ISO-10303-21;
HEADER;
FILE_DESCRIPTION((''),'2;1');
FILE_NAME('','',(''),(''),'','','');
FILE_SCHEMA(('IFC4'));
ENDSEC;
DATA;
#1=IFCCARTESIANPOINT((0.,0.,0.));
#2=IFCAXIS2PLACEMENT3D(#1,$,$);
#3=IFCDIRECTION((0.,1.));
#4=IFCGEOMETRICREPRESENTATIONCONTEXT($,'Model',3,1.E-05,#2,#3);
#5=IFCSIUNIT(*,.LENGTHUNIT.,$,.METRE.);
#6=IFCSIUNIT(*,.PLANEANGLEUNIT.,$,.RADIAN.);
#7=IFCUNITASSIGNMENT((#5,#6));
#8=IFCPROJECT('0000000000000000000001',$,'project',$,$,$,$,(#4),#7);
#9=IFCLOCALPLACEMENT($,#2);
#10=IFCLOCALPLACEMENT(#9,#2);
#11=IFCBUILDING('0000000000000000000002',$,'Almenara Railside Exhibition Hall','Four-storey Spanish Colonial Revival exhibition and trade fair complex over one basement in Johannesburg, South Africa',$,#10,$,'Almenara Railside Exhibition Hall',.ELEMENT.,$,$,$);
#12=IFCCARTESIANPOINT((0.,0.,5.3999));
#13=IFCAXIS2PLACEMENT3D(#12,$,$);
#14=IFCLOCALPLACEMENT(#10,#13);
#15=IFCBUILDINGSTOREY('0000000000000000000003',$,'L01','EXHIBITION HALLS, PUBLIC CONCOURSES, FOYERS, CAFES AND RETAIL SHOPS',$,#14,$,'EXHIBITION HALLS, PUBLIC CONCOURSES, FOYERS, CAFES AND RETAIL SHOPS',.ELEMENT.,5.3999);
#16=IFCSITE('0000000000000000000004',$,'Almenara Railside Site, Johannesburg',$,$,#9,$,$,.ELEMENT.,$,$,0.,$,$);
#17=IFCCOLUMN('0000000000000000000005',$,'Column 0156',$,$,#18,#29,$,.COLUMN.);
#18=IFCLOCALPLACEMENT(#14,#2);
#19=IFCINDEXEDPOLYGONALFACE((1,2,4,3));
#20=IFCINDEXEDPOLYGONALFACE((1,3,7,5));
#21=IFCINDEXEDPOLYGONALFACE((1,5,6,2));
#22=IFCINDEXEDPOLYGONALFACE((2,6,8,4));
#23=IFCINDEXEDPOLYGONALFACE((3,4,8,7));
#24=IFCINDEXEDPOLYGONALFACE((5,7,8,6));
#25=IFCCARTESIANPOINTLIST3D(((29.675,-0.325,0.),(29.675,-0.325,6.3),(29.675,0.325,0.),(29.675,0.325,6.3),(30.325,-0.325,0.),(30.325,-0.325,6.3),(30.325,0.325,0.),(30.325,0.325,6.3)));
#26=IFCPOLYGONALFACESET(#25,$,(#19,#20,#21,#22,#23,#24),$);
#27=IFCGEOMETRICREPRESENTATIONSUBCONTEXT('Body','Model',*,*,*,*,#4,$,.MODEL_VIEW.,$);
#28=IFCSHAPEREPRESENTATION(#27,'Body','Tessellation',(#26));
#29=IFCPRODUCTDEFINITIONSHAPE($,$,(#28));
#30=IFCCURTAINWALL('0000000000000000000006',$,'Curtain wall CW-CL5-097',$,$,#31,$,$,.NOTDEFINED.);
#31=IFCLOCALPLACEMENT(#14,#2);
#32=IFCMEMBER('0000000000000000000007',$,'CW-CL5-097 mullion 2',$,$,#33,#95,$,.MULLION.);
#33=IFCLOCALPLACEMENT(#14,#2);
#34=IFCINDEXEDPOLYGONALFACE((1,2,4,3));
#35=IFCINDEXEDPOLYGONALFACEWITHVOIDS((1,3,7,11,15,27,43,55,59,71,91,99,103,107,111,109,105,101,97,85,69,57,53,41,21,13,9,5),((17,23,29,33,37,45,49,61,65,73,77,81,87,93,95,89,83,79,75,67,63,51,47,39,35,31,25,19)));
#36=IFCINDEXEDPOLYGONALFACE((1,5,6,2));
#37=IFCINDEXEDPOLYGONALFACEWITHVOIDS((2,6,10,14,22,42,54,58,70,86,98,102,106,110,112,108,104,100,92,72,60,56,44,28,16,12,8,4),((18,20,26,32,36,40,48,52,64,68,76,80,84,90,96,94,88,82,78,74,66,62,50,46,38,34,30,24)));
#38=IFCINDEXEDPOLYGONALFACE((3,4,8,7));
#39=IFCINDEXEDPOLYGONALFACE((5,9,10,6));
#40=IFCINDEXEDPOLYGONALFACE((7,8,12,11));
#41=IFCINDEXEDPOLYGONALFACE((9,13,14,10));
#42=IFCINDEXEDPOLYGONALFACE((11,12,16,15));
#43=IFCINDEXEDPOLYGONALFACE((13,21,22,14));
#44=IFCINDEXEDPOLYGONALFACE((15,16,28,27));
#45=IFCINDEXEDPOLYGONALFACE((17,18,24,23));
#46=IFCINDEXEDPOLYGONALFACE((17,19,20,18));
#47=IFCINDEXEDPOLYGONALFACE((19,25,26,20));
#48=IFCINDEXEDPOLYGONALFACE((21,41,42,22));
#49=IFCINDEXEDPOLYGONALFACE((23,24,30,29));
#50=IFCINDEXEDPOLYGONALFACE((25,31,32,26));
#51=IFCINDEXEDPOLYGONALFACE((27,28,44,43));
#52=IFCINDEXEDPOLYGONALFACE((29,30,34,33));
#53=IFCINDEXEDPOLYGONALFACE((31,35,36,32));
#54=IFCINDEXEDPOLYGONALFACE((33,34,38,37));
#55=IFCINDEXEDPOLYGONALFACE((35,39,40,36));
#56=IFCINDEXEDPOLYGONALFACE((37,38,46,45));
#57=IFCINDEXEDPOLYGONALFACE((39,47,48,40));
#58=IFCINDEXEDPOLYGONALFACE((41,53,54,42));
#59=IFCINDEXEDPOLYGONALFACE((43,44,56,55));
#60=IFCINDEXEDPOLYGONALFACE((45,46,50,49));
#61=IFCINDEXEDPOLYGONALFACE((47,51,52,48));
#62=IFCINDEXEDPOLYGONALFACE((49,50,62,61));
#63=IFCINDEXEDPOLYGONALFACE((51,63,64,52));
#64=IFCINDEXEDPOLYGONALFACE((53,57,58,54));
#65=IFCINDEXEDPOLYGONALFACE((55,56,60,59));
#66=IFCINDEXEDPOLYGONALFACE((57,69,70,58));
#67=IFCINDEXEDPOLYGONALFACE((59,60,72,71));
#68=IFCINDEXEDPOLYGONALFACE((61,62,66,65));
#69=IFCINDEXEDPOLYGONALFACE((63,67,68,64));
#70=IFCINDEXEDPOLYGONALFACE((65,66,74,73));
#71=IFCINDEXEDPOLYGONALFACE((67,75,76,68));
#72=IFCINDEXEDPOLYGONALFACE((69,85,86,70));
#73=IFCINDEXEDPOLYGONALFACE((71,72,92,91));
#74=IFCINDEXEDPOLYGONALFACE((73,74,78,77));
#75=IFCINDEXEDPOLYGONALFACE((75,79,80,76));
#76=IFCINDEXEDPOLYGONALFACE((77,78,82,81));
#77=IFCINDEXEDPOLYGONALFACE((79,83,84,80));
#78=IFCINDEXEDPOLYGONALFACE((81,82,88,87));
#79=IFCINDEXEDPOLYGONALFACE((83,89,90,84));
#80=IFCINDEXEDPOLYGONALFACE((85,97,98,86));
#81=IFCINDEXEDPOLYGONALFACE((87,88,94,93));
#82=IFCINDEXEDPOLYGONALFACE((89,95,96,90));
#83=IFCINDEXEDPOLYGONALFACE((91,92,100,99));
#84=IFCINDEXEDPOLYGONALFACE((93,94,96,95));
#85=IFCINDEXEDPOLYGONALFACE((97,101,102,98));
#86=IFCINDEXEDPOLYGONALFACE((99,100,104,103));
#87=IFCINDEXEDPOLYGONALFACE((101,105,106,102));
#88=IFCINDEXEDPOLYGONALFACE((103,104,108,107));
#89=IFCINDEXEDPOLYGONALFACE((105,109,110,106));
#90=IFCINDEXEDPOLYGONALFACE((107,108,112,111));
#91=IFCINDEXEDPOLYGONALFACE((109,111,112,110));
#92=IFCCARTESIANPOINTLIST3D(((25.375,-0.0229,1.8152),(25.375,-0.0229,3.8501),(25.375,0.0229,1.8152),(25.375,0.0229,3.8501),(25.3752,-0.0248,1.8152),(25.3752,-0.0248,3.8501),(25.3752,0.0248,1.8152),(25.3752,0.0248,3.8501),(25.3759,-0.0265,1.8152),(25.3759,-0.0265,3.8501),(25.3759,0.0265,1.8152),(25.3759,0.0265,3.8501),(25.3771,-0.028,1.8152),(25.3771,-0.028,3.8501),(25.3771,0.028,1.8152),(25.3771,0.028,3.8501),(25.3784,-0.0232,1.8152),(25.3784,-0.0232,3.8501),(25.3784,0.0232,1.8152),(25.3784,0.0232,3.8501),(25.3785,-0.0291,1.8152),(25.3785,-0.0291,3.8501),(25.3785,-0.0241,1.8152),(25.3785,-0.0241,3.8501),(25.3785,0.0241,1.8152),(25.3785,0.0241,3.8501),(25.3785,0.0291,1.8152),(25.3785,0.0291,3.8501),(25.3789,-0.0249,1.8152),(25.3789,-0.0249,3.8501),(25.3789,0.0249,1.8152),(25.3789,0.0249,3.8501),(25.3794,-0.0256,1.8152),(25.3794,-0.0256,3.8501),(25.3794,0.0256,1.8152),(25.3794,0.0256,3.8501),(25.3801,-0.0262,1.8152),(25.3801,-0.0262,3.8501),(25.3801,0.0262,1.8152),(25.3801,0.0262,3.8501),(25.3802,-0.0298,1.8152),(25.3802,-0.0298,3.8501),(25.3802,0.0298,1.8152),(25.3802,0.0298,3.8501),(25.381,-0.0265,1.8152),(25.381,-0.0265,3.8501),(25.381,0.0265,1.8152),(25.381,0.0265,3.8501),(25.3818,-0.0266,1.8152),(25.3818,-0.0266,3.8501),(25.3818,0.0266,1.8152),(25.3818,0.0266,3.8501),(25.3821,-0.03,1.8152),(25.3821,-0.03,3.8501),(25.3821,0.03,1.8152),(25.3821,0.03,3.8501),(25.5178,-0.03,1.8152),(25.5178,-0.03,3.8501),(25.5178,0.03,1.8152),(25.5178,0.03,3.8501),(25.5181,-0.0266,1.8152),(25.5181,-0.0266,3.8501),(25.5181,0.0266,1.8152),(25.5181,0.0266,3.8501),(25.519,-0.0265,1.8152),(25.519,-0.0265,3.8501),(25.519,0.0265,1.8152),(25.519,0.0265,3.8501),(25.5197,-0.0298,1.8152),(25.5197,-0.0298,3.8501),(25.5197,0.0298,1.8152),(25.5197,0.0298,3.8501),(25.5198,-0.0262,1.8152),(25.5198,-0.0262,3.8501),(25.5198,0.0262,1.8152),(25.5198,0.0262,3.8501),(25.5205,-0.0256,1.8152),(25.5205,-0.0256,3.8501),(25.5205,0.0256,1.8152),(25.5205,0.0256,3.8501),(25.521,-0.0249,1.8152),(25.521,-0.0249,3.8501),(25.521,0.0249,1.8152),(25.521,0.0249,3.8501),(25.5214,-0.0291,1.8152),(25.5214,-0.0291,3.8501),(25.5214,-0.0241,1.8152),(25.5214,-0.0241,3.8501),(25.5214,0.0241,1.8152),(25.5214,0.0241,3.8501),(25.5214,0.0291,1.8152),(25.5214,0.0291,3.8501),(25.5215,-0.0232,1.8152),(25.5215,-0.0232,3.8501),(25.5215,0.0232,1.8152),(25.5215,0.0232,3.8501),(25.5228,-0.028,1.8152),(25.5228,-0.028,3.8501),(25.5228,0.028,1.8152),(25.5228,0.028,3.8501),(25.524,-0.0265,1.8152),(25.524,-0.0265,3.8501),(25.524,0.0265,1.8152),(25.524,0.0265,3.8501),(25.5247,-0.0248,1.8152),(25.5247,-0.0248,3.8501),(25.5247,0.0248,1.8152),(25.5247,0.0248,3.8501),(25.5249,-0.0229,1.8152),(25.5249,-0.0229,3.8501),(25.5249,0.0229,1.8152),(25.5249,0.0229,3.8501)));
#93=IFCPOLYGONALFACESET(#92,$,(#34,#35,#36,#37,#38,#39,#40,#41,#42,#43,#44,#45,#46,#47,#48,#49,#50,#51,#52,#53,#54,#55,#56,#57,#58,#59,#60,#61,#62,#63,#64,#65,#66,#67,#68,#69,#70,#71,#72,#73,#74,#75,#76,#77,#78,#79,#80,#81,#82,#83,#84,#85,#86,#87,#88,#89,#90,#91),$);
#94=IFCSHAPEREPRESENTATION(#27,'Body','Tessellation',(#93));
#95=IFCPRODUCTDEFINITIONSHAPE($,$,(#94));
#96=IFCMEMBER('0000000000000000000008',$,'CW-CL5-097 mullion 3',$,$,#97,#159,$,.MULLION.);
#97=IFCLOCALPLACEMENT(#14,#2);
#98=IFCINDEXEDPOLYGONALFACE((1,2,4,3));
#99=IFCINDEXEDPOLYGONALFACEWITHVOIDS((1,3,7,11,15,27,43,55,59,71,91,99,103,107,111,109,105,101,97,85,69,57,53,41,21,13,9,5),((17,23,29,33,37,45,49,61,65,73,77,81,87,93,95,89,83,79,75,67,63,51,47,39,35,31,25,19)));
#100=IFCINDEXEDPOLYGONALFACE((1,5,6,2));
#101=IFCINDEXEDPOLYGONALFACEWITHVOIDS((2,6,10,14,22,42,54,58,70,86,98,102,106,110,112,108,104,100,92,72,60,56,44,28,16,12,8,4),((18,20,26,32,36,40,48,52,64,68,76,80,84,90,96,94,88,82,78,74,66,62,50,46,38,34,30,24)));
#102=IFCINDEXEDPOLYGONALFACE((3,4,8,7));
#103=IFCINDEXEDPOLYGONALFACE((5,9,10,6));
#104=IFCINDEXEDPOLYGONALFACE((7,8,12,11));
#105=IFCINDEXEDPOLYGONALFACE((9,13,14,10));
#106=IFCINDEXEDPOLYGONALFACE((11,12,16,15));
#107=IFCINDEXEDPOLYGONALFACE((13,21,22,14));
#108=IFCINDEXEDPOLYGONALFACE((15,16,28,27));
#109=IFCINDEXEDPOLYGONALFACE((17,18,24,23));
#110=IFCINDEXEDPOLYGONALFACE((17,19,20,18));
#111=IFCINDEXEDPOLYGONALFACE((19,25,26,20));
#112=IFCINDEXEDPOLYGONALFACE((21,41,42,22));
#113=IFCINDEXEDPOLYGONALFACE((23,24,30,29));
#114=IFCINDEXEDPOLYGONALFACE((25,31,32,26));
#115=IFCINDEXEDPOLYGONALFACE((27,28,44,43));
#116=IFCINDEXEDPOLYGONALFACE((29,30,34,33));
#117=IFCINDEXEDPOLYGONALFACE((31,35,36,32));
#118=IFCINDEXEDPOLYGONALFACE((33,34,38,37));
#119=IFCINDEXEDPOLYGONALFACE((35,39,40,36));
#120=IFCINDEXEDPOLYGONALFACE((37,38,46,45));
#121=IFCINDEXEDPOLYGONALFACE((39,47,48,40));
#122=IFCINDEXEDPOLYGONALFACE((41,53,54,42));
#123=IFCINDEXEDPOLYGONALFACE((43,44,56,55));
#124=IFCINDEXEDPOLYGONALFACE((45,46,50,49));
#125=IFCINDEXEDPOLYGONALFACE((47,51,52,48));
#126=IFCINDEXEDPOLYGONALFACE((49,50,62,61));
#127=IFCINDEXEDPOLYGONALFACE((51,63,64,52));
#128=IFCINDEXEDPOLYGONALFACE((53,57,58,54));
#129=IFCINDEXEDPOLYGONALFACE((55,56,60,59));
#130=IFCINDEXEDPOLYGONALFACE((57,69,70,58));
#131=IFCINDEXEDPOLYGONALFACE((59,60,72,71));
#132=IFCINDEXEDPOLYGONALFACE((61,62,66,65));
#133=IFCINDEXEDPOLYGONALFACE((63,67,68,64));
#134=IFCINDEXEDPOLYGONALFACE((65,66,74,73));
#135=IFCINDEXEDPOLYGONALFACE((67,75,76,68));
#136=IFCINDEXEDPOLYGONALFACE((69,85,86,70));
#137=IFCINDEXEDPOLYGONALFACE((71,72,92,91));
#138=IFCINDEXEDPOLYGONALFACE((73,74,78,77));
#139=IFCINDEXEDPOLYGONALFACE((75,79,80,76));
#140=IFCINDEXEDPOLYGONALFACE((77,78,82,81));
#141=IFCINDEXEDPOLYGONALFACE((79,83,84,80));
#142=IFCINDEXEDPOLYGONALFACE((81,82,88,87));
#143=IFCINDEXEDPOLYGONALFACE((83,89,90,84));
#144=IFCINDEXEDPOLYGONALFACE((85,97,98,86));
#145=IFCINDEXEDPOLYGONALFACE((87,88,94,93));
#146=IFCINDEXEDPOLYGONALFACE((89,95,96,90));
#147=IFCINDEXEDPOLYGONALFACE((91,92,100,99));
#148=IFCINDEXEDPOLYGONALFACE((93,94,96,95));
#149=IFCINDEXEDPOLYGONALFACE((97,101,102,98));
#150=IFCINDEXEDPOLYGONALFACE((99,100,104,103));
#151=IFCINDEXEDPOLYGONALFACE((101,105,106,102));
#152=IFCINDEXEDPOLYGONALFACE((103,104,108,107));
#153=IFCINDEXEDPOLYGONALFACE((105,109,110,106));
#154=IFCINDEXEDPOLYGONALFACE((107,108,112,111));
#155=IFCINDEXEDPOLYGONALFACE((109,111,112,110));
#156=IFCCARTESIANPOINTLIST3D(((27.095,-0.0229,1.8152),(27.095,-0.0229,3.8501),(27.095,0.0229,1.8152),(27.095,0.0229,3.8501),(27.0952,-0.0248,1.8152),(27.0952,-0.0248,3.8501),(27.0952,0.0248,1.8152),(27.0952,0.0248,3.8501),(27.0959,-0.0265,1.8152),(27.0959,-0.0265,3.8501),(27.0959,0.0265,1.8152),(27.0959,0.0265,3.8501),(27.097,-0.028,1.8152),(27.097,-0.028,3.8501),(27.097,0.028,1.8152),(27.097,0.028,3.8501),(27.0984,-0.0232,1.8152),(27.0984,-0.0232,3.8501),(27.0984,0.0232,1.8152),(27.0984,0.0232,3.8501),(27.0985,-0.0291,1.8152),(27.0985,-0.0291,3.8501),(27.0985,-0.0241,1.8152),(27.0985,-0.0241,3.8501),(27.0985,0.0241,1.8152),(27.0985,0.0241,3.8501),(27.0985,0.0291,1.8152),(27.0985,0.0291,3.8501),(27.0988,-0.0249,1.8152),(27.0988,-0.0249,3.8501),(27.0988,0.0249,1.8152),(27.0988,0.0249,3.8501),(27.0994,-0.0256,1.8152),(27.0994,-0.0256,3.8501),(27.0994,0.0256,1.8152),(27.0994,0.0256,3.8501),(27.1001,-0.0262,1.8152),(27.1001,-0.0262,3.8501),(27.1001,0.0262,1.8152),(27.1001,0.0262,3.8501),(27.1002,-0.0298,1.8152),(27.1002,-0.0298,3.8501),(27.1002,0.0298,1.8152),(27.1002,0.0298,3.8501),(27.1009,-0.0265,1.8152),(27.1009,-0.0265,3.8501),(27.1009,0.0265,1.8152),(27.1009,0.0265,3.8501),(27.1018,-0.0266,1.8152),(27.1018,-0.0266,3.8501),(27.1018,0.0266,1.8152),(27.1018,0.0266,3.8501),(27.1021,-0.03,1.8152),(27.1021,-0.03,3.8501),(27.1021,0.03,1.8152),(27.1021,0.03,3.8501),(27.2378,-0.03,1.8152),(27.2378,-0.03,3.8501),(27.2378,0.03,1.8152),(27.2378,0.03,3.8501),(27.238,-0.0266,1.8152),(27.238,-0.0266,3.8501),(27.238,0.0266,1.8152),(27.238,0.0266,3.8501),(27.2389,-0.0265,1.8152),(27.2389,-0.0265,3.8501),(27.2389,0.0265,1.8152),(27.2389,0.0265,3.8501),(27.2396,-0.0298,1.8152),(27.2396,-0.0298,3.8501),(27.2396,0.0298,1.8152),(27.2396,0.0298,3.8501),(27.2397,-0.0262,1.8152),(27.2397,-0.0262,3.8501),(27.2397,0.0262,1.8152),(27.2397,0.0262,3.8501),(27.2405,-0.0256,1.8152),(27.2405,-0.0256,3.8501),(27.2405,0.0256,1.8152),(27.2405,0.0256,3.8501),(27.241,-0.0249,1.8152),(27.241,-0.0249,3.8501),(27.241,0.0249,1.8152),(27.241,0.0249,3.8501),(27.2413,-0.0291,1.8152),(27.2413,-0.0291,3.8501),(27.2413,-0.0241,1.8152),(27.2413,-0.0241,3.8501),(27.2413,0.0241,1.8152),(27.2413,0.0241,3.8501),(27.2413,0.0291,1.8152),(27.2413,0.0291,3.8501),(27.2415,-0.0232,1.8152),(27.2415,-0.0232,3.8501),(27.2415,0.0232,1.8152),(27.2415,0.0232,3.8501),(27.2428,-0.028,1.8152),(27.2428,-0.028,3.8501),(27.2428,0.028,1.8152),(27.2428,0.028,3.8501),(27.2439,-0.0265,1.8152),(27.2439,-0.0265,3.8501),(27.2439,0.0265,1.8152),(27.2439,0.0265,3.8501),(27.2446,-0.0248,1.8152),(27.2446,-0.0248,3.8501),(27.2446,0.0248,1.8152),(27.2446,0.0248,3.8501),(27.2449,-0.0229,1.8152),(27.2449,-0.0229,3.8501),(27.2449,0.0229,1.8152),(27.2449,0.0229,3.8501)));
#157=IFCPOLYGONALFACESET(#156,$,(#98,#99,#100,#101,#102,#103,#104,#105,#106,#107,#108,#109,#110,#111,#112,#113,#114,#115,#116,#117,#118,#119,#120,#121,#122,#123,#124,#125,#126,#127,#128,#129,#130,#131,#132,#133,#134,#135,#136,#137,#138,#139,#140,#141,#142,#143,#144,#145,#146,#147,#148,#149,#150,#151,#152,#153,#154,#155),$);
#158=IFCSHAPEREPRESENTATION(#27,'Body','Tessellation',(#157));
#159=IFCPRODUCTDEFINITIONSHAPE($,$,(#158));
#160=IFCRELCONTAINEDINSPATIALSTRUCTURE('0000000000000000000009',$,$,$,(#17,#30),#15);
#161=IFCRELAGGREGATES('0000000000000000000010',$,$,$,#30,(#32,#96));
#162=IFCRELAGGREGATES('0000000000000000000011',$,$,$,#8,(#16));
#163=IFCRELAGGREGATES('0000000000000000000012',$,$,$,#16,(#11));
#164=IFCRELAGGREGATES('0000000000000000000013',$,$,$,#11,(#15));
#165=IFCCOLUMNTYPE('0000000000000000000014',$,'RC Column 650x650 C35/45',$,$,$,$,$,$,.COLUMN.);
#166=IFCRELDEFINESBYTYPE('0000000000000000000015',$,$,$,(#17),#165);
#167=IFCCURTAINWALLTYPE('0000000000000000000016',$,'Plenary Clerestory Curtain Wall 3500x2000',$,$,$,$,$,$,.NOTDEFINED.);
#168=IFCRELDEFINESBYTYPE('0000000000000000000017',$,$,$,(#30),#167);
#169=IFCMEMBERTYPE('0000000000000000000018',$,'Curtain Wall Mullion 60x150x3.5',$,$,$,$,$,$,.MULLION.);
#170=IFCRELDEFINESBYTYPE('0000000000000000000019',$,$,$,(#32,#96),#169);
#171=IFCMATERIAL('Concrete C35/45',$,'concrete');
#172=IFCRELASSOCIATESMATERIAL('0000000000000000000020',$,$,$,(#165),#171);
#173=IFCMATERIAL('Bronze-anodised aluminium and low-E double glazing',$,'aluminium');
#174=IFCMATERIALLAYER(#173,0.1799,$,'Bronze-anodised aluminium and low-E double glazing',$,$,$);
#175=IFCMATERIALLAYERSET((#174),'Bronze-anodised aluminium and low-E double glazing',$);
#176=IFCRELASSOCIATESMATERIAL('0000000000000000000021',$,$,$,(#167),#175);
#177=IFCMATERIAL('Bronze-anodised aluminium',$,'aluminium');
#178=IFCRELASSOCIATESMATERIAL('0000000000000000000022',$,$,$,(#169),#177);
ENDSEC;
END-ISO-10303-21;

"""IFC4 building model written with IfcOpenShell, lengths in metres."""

from ifc_helpers import new_model, si_unit, direction, frame, origin, origin_2d, place, context, subcontext, project, spatial, rectangle, hollow_rectangle, extrude, material, layer, layer_set, material_profile, profile_set, type_object, element, aggregate, save


model = new_model("IFC4")

# Units and contexts
model_context = context("Model", 3, precision=1e-05, world=origin(), true_north=direction((0.0, 1.0)))
body_context = subcontext(model_context, "Body", "Model", "MODEL_VIEW")
ifc_project = project(units=[si_unit("LENGTHUNIT", "METRE"), si_unit("PLANEANGLEUNIT", "RADIAN")], contexts=[model_context])

# Site, building, storey
site_placement = place(None, origin())
site = spatial("IfcSite", under=ifc_project, at=site_placement, Name="Almenara Railside Site, Johannesburg", CompositionType="ELEMENT", RefElevation=0.0)
building_placement = place(site_placement, origin())
building = spatial("IfcBuilding", under=site, at=building_placement, Name="Almenara Railside Exhibition Hall", Description="Four-storey Spanish Colonial Revival exhibition and trade fair complex over one basement in Johannesburg, South Africa", LongName="Almenara Railside Exhibition Hall", CompositionType="ELEMENT")
storey_placement = place(building_placement, frame((0.0, 0.0, 5.3999)))
storey = spatial("IfcBuildingStorey", under=building, at=storey_placement, Name="L01", Description="EXHIBITION HALLS, PUBLIC CONCOURSES, FOYERS, CAFES AND RETAIL SHOPS", LongName="EXHIBITION HALLS, PUBLIC CONCOURSES, FOYERS, CAFES AND RETAIL SHOPS", CompositionType="ELEMENT", Elevation=5.3999)

# Column
ifc_material_1 = material(Name="Concrete C35/45", Category="concrete")
ifc_material_profile_1 = material_profile(ifc_material_1, rectangle(XDim=0.6499, YDim=0.6499, at=origin_2d()), Name="RC 650x650")
ifc_profile_set_1 = profile_set([ifc_material_profile_1], Name="Concrete C35/45")
column_type = type_object("IfcColumnType", Name="RC Column 650x650 C35/45", PredefinedType="COLUMN", material=ifc_profile_set_1)
column_placement = place(storey_placement, frame((30.0, 0.0, 0.0), z_axis=(0.0, 0.0, 1.0), x_axis=(1.0, 0.0, 0.0)))
element("IfcColumn", 1, at=column_placement, inside=storey, type_object=column_type, Name="Column 0156", PredefinedType="COLUMN", context=body_context, shape_type="SweptSolid", body=[
    extrude(rectangle(XDim=0.6499, YDim=0.6499, at=origin_2d()), origin(), (0.0, 0.0, 1.0), 6.3),
])

# Curtain wall, members
ifc_material_2 = material(Name="Bronze-anodised aluminium and low-E double glazing", Category="aluminium")
ifc_layer_1 = layer(ifc_material_2, 0.1799, Name="Bronze-anodised aluminium and low-E double glazing")
ifc_layer_set_1 = layer_set([ifc_layer_1], Name="Bronze-anodised aluminium and low-E double glazing")
curtain_wall_type_1 = type_object("IfcCurtainWallType", Name="Plenary Clerestory Curtain Wall 3500x2000", PredefinedType="NOTDEFINED", material=ifc_layer_set_1)
curtain_wall_1_placement = place(storey_placement, origin())
curtain_wall_1 = element("IfcCurtainWall", 2, at=curtain_wall_1_placement, inside=storey, type_object=curtain_wall_type_1, Name="Curtain wall CW-CL5-097", PredefinedType="NOTDEFINED")
ifc_material_3 = material(Name="Bronze-anodised aluminium", Category="aluminium")
ifc_material_profile_2 = material_profile(ifc_material_3, hollow_rectangle(XDim=0.0601, YDim=0.1499, WallThickness=0.0034, InnerFilletRadius=0.0034, OuterFilletRadius=0.0071, at=origin_2d()), Name="ALU-MUL 60x150x3.5")
ifc_profile_set_2 = profile_set([ifc_material_profile_2], Name="Bronze-anodised aluminium")
member_type_1 = type_object("IfcMemberType", Name="Curtain Wall Mullion 60x150x3.5", PredefinedType="MULLION", material=ifc_profile_set_2)
member_1_placement = place(storey_placement, frame((25.45, 0.0, 1.8152), z_axis=(0.0, 0.0, 1.0), x_axis=(0.0, 1.0, 0.0)))
member_1 = element("IfcMember", 3, at=member_1_placement, type_object=member_type_1, Name="CW-CL5-097 mullion 2", PredefinedType="MULLION", context=body_context, shape_type="SweptSolid", body=[
    extrude(hollow_rectangle(XDim=0.0601, YDim=0.1499, WallThickness=0.0034, InnerFilletRadius=0.0034, OuterFilletRadius=0.0071, at=origin_2d()), origin(), (0.0, 0.0, 1.0), 2.0349),
])
member_2_placement = place(storey_placement, frame((27.1699, 0.0, 1.8152), z_axis=(0.0, 0.0, 1.0), x_axis=(0.0, 1.0, 0.0)))
member_2 = element("IfcMember", 4, at=member_2_placement, type_object=member_type_1, Name="CW-CL5-097 mullion 3", PredefinedType="MULLION", context=body_context, shape_type="SweptSolid", body=[
    extrude(hollow_rectangle(XDim=0.0601, YDim=0.1499, WallThickness=0.0034, InnerFilletRadius=0.0034, OuterFilletRadius=0.0071, at=origin_2d()), origin(), (0.0, 0.0, 1.0), 2.0349),
])

aggregate(curtain_wall_1, [member_1, member_2])

save(model, "model.ifc")
